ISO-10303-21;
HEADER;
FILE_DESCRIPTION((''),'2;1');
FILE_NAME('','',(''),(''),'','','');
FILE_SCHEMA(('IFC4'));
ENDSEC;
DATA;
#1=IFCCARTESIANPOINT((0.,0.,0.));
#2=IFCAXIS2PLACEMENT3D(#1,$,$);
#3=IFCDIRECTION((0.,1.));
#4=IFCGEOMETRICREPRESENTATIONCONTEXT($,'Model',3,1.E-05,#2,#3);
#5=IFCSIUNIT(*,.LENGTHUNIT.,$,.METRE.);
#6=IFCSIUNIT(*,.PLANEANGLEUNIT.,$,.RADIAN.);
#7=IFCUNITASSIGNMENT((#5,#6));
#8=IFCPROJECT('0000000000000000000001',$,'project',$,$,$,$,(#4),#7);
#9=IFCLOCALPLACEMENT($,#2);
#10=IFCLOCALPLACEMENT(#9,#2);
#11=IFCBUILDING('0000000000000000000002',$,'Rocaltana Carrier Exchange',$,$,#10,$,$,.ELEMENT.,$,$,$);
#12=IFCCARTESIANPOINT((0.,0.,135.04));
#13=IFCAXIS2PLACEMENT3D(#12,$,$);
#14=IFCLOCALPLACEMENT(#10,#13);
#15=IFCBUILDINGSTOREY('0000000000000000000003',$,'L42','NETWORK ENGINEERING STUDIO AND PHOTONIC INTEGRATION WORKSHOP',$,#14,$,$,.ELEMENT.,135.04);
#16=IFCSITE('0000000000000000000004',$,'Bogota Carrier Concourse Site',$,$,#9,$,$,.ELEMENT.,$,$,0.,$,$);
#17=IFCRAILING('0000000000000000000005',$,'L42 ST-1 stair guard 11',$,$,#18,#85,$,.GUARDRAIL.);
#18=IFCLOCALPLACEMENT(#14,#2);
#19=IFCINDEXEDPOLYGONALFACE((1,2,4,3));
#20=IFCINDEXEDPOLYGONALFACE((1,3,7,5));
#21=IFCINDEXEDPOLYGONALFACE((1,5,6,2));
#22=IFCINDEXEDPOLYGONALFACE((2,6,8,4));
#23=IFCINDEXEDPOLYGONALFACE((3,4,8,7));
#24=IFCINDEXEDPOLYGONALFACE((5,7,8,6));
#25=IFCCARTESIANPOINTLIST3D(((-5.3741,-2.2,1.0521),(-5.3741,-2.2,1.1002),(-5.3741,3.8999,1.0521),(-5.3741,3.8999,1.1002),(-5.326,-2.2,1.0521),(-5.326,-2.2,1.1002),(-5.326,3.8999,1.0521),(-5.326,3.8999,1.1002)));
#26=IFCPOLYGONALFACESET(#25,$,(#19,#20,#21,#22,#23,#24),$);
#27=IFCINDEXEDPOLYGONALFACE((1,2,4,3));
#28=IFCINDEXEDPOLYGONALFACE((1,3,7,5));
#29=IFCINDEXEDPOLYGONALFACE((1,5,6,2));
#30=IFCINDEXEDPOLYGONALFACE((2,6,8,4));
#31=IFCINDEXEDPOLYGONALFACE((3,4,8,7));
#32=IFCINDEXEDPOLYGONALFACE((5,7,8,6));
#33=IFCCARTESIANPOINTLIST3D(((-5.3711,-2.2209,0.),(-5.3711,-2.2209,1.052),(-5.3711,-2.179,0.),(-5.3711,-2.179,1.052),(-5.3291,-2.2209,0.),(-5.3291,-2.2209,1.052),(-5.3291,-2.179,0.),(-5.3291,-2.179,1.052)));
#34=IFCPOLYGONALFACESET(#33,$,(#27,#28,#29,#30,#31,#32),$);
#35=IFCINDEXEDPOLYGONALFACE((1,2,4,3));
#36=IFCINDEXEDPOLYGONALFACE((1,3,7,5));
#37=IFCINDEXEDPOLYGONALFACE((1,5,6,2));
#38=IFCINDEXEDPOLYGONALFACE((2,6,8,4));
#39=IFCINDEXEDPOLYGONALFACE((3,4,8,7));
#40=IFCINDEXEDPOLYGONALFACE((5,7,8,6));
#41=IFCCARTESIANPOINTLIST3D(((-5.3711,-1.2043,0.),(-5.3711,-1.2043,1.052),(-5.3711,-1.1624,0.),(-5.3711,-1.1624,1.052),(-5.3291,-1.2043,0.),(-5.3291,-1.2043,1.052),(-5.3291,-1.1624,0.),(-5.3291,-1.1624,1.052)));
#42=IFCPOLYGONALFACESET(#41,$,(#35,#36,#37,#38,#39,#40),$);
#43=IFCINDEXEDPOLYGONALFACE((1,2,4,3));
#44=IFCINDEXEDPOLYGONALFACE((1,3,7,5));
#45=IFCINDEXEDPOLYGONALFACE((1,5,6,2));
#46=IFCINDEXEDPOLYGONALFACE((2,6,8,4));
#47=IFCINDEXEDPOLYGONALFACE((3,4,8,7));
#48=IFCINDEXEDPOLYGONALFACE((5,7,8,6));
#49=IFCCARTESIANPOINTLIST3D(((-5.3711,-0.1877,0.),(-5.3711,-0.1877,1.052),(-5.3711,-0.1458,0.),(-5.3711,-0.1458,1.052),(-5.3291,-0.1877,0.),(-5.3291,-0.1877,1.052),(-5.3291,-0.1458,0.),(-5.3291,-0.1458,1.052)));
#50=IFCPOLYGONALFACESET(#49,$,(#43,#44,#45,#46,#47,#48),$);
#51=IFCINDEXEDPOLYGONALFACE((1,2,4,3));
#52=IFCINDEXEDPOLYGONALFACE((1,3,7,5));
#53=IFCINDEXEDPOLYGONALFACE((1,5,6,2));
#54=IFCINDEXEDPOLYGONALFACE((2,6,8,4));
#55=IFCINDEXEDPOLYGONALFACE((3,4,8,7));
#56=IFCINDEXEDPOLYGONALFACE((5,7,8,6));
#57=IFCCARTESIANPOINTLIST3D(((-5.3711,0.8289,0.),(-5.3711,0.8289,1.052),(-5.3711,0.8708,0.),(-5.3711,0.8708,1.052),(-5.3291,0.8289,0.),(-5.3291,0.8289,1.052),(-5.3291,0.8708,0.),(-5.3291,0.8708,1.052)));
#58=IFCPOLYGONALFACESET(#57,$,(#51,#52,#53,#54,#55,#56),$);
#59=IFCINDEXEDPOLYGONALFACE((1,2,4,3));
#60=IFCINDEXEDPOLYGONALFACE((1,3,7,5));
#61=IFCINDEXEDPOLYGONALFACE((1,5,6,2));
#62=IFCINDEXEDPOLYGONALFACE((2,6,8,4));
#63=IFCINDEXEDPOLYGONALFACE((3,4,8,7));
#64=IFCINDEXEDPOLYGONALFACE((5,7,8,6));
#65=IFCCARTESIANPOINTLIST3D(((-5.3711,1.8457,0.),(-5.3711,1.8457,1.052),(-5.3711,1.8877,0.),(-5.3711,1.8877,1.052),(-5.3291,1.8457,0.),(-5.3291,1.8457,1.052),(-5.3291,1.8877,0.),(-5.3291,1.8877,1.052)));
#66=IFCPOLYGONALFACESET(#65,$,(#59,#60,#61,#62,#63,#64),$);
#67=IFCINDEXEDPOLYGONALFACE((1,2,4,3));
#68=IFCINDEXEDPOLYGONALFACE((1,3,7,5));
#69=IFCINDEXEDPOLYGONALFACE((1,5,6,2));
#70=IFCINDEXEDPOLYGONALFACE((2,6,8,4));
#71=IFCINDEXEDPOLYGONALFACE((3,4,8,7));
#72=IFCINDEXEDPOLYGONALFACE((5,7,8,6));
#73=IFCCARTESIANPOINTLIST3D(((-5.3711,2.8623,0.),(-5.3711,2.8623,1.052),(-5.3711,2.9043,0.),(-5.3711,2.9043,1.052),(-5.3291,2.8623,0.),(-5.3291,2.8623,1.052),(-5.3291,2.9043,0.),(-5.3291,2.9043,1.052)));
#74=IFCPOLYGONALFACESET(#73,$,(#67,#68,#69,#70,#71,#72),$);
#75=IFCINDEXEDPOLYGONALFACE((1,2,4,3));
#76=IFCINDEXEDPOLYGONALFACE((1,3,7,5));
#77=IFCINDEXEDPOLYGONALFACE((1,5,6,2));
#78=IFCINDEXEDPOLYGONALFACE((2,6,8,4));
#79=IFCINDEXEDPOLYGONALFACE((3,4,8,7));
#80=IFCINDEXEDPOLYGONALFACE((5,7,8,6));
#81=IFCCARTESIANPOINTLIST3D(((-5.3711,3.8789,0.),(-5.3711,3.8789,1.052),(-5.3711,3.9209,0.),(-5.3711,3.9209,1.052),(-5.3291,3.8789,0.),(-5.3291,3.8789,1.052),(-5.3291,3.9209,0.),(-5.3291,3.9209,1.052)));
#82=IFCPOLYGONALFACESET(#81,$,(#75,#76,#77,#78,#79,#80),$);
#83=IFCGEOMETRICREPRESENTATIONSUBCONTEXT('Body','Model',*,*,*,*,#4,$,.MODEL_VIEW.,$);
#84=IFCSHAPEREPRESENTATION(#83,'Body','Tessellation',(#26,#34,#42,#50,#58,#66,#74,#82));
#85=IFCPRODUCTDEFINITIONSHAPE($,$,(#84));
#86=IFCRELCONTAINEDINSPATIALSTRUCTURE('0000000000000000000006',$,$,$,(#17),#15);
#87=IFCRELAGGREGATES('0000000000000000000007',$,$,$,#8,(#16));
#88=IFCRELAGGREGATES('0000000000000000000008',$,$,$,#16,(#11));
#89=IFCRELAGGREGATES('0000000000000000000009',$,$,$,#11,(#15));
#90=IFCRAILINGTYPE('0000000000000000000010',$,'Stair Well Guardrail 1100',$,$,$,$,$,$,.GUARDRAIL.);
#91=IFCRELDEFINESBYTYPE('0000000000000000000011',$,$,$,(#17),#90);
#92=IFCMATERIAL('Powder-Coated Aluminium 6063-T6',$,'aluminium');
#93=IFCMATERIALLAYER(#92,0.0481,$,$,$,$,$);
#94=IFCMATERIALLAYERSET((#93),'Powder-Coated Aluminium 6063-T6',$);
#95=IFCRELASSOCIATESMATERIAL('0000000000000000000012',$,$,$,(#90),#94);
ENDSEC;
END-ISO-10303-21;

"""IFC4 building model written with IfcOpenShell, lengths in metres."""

from ifc_helpers import new_model, si_unit, direction, frame, origin, origin_2d, place, context, subcontext, project, spatial, rectangle, extrude, material, layer, layer_set, type_object, element, save


model = new_model("IFC4")

# Units and contexts
model_context = context("Model", 3, precision=1e-05, world=origin(), true_north=direction((0.0, 1.0)))
body_context = subcontext(model_context, "Body", "Model", "MODEL_VIEW")
ifc_project = project(units=[si_unit("LENGTHUNIT", "METRE"), si_unit("PLANEANGLEUNIT", "RADIAN")], contexts=[model_context])

# Site, building, storey
site_placement = place(None, origin())
site = spatial("IfcSite", under=ifc_project, at=site_placement, Name="Bogota Carrier Concourse Site", CompositionType="ELEMENT", RefElevation=0.0)
building_placement = place(site_placement, origin())
building = spatial("IfcBuilding", under=site, at=building_placement, Name="Rocaltana Carrier Exchange", CompositionType="ELEMENT")
storey_placement = place(building_placement, frame((0.0, 0.0, 135.04)))
storey = spatial("IfcBuildingStorey", under=building, at=storey_placement, Name="L42", Description="NETWORK ENGINEERING STUDIO AND PHOTONIC INTEGRATION WORKSHOP", CompositionType="ELEMENT", Elevation=135.04)

# Railing
ifc_material_1 = material(Name="Powder-Coated Aluminium 6063-T6", Category="aluminium")
ifc_layer_1 = layer(ifc_material_1, 0.0481)
ifc_layer_set_1 = layer_set([ifc_layer_1], Name="Powder-Coated Aluminium 6063-T6")
railing_type_1 = type_object("IfcRailingType", Name="Stair Well Guardrail 1100", PredefinedType="GUARDRAIL", material=ifc_layer_set_1)
for number, where, name in (
    (1, (-5.3501, -2.2, 0.0), "L42 ST-1 stair guard 11"),
):
    element("IfcRailing", number, at=place(storey_placement, frame(where)), inside=storey, type_object=railing_type_1, Name=name, PredefinedType="GUARDRAIL", context=body_context, shape_type="SweptSolid", body=[
        extrude(rectangle(XDim=0.0481, YDim=0.0481, at=origin_2d()), frame((0.0, 0.0, 1.0762), z_axis=(0.0, 1.0, 0.0), x_axis=(-1.0, 0.0, 0.0)), (0.0, 0.0, 1.0), 6.0999),
        extrude(rectangle(XDim=0.042, YDim=0.042, at=origin_2d()), origin(), (0.0, 0.0, 1.0), 1.052),
        extrude(rectangle(XDim=0.042, YDim=0.042, at=origin_2d()), frame((0.0, 1.0166, 0.0)), (0.0, 0.0, 1.0), 1.052),
        extrude(rectangle(XDim=0.042, YDim=0.042, at=origin_2d()), frame((0.0, 2.0332, 0.0)), (0.0, 0.0, 1.0), 1.052),
        extrude(rectangle(XDim=0.042, YDim=0.042, at=origin_2d()), frame((0.0, 3.0498, 0.0)), (0.0, 0.0, 1.0), 1.052),
        extrude(rectangle(XDim=0.042, YDim=0.042, at=origin_2d()), frame((0.0, 4.0667, 0.0)), (0.0, 0.0, 1.0), 1.052),
        extrude(rectangle(XDim=0.042, YDim=0.042, at=origin_2d()), frame((0.0, 5.0833, 0.0)), (0.0, 0.0, 1.0), 1.052),
        extrude(rectangle(XDim=0.042, YDim=0.042, at=origin_2d()), frame((0.0, 6.0999, 0.0)), (0.0, 0.0, 1.0), 1.052),
    ])

save(model, "model.ifc")
